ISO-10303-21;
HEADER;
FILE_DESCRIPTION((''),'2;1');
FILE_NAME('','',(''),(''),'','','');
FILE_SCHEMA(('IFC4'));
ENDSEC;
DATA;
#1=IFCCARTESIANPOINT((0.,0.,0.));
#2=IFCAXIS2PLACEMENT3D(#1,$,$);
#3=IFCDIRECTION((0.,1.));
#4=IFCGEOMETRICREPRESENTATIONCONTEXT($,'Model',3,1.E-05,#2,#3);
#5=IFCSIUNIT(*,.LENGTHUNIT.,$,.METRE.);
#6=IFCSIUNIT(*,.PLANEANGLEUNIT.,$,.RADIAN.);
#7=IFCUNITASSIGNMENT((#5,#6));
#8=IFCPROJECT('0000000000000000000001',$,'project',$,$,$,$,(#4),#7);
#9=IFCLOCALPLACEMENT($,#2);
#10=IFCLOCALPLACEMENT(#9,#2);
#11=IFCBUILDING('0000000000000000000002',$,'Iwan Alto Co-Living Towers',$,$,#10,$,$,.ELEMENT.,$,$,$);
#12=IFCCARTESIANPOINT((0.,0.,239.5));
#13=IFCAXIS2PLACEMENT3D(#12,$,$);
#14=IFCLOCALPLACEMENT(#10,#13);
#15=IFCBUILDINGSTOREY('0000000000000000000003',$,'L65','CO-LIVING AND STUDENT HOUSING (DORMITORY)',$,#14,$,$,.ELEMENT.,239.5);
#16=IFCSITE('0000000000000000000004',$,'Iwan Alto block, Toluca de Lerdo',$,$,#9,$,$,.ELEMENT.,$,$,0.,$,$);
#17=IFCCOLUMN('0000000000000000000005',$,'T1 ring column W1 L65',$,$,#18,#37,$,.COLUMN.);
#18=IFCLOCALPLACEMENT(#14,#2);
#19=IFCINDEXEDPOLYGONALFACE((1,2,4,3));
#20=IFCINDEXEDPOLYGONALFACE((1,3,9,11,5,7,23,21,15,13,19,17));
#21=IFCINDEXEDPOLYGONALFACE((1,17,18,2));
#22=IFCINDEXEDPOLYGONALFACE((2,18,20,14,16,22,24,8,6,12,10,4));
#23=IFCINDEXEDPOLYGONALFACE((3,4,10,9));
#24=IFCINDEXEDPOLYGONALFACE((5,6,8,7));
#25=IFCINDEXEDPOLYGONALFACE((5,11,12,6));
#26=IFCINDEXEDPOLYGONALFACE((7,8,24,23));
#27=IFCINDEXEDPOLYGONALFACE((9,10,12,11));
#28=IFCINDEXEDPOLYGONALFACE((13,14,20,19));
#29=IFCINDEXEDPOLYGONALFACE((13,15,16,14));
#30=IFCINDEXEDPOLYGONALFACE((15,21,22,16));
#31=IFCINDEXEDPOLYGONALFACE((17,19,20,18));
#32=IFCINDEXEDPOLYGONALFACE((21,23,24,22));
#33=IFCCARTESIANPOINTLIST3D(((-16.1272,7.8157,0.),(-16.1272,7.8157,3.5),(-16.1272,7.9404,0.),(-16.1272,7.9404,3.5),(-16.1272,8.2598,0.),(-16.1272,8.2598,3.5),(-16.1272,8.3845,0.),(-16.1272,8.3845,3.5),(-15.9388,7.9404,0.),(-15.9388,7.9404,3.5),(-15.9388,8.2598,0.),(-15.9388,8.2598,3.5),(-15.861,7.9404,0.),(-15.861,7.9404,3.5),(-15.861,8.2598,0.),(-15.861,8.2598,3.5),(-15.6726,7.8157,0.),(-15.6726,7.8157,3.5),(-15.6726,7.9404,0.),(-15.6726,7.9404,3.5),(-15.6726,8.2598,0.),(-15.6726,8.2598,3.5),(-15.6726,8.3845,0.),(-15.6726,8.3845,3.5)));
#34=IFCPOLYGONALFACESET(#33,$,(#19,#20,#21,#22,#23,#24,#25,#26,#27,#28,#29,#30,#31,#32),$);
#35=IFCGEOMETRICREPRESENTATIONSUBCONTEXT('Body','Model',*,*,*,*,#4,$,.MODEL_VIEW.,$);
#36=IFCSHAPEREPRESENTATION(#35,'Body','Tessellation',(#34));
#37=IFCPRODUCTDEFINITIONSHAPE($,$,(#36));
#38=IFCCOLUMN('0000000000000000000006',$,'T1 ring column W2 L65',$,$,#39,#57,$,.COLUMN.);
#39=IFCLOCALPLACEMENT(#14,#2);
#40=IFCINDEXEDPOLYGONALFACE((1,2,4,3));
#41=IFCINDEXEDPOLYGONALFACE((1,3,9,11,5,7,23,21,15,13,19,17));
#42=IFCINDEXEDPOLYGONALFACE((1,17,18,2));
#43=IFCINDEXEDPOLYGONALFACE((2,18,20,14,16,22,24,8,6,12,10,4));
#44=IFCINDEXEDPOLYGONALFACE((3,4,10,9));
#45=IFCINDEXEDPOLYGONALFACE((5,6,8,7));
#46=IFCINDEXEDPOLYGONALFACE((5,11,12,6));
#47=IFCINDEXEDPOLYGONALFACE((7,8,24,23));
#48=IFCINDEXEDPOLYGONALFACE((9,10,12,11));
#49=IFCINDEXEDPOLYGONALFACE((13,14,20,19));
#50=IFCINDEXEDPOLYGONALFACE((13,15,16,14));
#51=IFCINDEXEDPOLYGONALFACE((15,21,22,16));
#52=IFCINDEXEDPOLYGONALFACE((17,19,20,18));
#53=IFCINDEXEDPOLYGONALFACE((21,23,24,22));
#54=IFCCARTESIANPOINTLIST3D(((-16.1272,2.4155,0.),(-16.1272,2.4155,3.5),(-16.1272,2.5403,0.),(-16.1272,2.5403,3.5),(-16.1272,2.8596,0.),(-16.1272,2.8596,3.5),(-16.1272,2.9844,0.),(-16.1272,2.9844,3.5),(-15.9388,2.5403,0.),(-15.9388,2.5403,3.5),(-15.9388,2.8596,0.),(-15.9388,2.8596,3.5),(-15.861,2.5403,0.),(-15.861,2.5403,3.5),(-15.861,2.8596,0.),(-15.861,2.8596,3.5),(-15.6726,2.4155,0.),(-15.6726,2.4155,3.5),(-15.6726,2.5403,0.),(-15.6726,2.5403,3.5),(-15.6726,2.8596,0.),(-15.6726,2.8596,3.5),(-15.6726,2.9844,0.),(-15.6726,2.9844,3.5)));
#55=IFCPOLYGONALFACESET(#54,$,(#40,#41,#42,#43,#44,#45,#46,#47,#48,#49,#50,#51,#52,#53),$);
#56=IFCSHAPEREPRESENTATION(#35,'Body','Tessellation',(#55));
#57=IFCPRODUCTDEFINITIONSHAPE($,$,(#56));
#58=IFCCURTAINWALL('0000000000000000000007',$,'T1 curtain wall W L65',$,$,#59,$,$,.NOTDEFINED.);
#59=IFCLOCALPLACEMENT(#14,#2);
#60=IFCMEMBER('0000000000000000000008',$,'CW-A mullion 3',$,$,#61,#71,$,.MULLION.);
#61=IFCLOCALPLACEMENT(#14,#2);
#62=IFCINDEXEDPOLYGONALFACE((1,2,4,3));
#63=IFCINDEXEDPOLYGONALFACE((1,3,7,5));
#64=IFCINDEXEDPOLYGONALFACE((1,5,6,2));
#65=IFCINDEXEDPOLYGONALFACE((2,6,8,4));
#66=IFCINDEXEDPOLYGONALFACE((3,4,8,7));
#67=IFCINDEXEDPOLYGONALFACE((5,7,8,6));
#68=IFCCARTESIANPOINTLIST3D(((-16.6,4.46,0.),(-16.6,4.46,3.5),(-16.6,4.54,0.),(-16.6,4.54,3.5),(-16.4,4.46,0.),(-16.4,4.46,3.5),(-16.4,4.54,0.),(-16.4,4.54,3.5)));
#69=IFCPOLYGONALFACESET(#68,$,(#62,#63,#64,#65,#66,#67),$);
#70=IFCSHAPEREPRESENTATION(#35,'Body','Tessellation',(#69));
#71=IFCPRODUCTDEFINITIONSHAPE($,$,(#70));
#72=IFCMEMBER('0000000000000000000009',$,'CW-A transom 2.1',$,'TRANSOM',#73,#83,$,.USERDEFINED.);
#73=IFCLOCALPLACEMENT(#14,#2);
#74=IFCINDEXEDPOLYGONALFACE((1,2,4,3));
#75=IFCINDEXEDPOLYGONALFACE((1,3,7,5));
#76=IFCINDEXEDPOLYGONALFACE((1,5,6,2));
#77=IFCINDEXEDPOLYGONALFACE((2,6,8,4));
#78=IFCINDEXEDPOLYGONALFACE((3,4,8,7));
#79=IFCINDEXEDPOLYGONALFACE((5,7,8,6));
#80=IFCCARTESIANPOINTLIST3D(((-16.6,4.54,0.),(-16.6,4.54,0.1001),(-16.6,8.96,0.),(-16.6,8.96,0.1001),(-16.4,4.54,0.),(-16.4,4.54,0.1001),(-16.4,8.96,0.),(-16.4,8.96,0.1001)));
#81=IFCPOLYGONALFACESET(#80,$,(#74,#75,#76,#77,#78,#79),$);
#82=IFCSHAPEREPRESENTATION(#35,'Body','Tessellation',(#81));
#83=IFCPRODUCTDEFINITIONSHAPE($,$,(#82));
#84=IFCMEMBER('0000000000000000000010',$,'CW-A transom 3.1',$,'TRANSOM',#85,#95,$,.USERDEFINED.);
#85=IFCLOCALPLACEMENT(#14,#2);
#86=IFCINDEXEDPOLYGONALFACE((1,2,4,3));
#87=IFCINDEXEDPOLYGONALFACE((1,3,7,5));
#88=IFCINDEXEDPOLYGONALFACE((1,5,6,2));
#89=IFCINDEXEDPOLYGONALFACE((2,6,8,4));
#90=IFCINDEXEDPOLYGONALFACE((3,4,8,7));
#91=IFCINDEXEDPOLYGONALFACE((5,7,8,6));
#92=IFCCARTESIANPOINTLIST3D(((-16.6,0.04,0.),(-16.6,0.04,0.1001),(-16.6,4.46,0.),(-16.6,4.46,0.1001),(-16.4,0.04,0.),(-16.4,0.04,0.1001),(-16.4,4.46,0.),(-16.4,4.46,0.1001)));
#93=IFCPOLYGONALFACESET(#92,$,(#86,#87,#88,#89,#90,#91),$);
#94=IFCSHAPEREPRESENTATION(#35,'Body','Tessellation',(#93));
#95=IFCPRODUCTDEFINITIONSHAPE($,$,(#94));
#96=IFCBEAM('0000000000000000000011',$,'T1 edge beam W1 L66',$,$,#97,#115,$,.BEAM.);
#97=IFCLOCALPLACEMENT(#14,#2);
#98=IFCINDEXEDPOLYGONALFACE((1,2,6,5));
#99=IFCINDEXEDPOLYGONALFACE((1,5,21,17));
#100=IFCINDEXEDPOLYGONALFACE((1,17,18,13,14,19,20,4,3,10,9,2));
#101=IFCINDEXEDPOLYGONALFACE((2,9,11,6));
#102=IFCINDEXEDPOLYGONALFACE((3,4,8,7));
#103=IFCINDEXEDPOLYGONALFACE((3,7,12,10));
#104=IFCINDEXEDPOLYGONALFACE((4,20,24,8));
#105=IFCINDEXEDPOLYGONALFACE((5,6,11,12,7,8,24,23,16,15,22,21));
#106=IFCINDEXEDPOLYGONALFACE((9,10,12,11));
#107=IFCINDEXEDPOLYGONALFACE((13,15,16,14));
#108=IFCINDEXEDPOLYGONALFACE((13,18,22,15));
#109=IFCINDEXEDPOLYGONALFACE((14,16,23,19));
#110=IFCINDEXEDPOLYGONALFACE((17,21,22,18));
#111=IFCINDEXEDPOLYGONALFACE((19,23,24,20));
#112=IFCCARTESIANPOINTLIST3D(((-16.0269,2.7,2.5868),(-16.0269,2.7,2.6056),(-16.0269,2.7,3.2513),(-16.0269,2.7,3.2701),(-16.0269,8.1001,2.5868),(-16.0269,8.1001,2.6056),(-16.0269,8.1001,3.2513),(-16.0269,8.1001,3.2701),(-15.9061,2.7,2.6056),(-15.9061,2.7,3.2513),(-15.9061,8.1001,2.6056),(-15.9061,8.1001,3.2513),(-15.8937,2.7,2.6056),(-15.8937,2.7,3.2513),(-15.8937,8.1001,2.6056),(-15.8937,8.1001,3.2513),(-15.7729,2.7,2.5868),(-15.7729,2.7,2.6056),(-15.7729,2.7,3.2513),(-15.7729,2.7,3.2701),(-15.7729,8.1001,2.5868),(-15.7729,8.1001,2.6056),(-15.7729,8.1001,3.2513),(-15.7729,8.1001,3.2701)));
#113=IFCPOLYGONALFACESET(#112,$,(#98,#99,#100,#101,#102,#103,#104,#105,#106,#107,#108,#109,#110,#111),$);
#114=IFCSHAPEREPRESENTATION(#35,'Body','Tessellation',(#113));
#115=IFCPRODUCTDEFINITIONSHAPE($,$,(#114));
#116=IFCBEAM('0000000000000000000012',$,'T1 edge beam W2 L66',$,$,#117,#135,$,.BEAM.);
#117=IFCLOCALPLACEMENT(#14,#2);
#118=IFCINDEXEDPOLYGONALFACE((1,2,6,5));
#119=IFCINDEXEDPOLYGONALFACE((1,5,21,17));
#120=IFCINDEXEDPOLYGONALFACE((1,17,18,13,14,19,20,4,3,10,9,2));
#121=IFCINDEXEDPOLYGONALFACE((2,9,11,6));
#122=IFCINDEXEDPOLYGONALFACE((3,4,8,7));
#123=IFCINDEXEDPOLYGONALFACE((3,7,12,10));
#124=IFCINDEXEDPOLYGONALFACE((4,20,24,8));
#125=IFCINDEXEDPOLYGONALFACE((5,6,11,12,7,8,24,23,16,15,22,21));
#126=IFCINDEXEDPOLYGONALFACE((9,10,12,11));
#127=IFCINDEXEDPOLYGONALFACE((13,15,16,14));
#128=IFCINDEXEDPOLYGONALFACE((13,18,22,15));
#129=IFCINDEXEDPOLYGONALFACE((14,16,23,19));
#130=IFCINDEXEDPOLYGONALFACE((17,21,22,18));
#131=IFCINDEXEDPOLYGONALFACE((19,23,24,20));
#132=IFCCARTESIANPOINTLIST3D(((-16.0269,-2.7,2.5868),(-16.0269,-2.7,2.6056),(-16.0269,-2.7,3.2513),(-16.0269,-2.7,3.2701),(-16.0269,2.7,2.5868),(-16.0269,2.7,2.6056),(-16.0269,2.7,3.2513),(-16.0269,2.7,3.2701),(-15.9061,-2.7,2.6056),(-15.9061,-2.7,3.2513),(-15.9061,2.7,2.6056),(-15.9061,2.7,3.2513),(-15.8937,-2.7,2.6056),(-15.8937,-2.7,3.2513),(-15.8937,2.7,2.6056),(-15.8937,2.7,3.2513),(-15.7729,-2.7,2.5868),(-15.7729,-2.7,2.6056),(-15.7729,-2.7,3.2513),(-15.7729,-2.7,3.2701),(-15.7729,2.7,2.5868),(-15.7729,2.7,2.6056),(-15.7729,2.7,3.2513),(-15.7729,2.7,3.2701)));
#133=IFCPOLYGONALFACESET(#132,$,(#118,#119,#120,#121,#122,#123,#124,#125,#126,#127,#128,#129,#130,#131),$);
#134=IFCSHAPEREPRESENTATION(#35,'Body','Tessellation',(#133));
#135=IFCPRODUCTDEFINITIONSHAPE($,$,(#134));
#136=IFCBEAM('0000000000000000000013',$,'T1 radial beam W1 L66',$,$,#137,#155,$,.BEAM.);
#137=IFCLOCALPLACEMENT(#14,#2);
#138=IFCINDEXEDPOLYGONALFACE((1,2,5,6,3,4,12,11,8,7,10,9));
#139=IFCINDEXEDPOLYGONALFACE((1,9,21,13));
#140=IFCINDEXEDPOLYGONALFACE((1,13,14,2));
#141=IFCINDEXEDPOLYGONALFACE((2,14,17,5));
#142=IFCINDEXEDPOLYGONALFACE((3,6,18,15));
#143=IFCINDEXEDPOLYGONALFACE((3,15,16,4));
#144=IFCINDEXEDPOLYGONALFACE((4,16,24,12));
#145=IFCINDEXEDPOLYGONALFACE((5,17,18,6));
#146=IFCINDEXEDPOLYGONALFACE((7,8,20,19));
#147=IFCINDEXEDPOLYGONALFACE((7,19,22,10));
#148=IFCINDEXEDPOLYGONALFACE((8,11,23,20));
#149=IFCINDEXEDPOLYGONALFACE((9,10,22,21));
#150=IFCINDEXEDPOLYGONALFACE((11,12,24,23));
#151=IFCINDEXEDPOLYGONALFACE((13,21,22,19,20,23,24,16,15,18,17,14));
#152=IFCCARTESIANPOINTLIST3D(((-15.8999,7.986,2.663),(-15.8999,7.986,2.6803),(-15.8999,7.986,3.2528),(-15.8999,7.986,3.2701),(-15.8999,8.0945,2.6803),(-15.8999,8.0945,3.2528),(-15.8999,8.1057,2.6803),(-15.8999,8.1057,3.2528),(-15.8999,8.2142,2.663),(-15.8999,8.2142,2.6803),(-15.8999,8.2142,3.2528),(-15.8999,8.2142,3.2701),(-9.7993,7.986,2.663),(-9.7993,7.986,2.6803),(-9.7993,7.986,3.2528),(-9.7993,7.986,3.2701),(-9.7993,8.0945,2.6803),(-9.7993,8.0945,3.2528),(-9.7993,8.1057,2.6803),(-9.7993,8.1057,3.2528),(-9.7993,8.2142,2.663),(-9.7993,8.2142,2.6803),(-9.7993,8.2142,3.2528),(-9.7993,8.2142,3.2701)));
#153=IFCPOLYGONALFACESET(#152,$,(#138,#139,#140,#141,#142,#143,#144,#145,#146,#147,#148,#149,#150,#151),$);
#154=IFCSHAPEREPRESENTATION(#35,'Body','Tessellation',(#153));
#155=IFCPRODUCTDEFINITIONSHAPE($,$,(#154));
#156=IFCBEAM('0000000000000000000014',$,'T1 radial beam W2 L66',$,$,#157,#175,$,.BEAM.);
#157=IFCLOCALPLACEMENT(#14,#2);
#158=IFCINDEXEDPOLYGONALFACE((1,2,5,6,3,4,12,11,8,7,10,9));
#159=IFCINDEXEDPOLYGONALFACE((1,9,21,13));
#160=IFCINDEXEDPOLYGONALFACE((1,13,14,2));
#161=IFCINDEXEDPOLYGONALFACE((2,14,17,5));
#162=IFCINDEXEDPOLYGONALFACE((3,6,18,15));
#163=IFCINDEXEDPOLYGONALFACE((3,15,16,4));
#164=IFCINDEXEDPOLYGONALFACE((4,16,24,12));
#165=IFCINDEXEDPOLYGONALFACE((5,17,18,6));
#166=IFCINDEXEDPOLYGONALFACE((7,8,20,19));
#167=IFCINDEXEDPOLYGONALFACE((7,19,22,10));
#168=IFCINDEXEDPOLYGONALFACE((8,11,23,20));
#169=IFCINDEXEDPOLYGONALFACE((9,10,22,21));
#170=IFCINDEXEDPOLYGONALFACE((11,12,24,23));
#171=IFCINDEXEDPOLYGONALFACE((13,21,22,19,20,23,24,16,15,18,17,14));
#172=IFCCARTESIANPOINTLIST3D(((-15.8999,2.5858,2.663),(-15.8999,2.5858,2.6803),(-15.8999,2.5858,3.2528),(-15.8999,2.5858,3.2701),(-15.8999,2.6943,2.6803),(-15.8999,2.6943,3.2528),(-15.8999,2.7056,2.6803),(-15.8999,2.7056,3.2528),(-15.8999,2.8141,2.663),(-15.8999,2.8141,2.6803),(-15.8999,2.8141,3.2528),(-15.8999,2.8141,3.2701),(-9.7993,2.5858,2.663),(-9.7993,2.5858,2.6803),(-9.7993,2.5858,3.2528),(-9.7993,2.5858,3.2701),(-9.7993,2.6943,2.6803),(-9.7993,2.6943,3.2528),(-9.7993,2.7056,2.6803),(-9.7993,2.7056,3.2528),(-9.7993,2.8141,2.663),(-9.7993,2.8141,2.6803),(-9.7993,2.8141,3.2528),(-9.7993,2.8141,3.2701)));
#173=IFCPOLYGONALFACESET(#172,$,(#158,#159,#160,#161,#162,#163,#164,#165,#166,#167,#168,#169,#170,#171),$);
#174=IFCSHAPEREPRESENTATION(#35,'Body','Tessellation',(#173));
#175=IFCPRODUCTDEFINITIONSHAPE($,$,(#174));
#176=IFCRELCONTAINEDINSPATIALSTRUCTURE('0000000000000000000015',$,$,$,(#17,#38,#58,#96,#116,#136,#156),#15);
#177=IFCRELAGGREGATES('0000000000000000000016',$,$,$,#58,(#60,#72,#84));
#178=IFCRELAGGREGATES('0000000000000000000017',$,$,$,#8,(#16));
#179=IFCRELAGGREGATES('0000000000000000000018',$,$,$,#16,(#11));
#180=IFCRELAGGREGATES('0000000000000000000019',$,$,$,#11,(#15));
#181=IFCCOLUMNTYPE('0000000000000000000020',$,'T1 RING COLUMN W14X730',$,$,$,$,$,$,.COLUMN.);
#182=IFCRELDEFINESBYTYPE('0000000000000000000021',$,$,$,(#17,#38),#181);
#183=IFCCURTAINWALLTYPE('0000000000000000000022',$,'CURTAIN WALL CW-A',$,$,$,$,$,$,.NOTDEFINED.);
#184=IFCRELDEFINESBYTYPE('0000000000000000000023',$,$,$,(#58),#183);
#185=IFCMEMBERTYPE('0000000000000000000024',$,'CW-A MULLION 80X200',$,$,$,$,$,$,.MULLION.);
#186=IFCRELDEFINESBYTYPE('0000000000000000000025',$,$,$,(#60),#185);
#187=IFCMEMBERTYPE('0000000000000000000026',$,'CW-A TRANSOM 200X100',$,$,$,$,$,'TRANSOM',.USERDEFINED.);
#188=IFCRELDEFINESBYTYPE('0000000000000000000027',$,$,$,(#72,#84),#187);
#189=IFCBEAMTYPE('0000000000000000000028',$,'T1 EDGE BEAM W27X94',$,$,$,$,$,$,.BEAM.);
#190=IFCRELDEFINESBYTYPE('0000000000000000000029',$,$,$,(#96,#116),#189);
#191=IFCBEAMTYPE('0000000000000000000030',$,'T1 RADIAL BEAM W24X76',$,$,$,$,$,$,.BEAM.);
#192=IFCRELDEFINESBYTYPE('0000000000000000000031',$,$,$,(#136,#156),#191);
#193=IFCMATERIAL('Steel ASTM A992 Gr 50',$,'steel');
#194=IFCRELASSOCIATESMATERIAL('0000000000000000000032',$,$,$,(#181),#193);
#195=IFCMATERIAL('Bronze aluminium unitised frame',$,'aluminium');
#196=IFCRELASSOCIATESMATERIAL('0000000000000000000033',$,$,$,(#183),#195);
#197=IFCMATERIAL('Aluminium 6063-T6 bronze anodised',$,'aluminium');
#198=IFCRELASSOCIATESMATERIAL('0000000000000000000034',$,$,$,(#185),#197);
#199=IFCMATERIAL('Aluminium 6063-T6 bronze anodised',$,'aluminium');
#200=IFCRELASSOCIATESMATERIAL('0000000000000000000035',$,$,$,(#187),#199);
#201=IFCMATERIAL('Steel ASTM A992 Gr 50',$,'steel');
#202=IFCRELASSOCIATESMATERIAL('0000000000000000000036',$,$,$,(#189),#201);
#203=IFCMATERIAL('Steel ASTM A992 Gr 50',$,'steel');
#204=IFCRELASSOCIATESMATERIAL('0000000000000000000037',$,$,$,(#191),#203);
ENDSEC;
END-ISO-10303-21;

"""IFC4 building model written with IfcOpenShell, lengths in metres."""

from ifc_helpers import new_model, si_unit, direction, frame, origin, origin_2d, place, context, subcontext, project, spatial, rectangle, i_section, extrude, material, material_profile, profile_set, type_object, element, aggregate, save


model = new_model("IFC4")

# Units and contexts
model_context = context("Model", 3, precision=1e-05, world=origin(), true_north=direction((0.0, 1.0)))
body_context = subcontext(model_context, "Body", "Model", "MODEL_VIEW")
ifc_project = project(units=[si_unit("LENGTHUNIT", "METRE"), si_unit("PLANEANGLEUNIT", "RADIAN")], contexts=[model_context])

# Site, building, storey
site_placement = place(None, origin())
site = spatial("IfcSite", under=ifc_project, at=site_placement, Name="Iwan Alto block, Toluca de Lerdo", CompositionType="ELEMENT", RefElevation=0.0)
building_placement = place(site_placement, origin())
building = spatial("IfcBuilding", under=site, at=building_placement, Name="Iwan Alto Co-Living Towers", CompositionType="ELEMENT")
storey_placement = place(building_placement, frame((0.0, 0.0, 239.5)))
storey = spatial("IfcBuildingStorey", under=building, at=storey_placement, Name="L65", Description="CO-LIVING AND STUDENT HOUSING (DORMITORY)", CompositionType="ELEMENT", Elevation=239.5)

# Columns
ifc_material_1 = material(Name="Steel ASTM A992 Gr 50", Category="steel")
ifc_material_profile_1 = material_profile(ifc_material_1, i_section(OverallWidth=0.4546, OverallDepth=0.5688, WebThickness=0.0779, FlangeThickness=0.1248, at=origin_2d()), Name="W14X730")
ifc_profile_set_1 = profile_set([ifc_material_profile_1], Name="Steel ASTM A992 Gr 50")
column_type = type_object("IfcColumnType", Name="T1 RING COLUMN W14X730", PredefinedType="COLUMN", material=ifc_profile_set_1)
for number, where, z_axis, x_axis, name in (
    (1, (-15.8999, 8.1001, 0.0), (0.0, 0.0, 1.0), (1.0, 0.0, 0.0), "T1 ring column W1 L65"),
    (2, (-15.8999, 2.7, 0.0), (0.0, 0.0, 1.0), (1.0, 0.0, 0.0), "T1 ring column W2 L65"),
):
    element("IfcColumn", number, at=place(storey_placement, frame(where, z_axis=z_axis, x_axis=x_axis)), inside=storey, type_object=column_type, Name=name, PredefinedType="COLUMN", context=body_context, shape_type="SweptSolid", body=[
        extrude(i_section(OverallWidth=0.4546, OverallDepth=0.5688, WebThickness=0.0779, FlangeThickness=0.1248, at=origin_2d()), origin(), (0.0, 0.0, 1.0), 3.5),
    ])

# Curtain wall, members
ifc_material_2 = material(Name="Bronze aluminium unitised frame", Category="aluminium")
curtain_wall_type = type_object("IfcCurtainWallType", Name="CURTAIN WALL CW-A", PredefinedType="NOTDEFINED", material=ifc_material_2)
curtain_wall_placement = place(storey_placement, origin())
curtain_wall = element("IfcCurtainWall", 3, at=curtain_wall_placement, inside=storey, type_object=curtain_wall_type, Name="T1 curtain wall W L65", PredefinedType="NOTDEFINED")
ifc_material_3 = material(Name="Aluminium 6063-T6 bronze anodised", Category="aluminium")
ifc_material_profile_2 = material_profile(ifc_material_3, rectangle(XDim=0.2, YDim=0.0801, at=origin_2d()), Name="AL 80X200")
ifc_profile_set_2 = profile_set([ifc_material_profile_2], Name="Aluminium 6063-T6 bronze anodised")
member_type_1 = type_object("IfcMemberType", Name="CW-A MULLION 80X200", PredefinedType="MULLION", material=ifc_profile_set_2)
member_1_placement = place(storey_placement, frame((-16.5, 4.5, 0.0), z_axis=(0.0, 0.0, 1.0), x_axis=(1.0, 0.0, 0.0)))
member_1 = element("IfcMember", 4, at=member_1_placement, type_object=member_type_1, Name="CW-A mullion 3", PredefinedType="MULLION", context=body_context, shape_type="SweptSolid", body=[
    extrude(rectangle(XDim=0.2, YDim=0.0801, at=origin_2d()), origin(), (0.0, 0.0, 1.0), 3.5),
])
ifc_material_4 = material(Name="Aluminium 6063-T6 bronze anodised", Category="aluminium")
ifc_material_profile_3 = material_profile(ifc_material_4, rectangle(XDim=0.2, YDim=0.1001, at=origin_2d()), Name="AL 200X100")
ifc_profile_set_3 = profile_set([ifc_material_profile_3], Name="Aluminium 6063-T6 bronze anodised")
member_type_2 = type_object("IfcMemberType", Name="CW-A TRANSOM 200X100", ElementType="TRANSOM", PredefinedType="USERDEFINED", material=ifc_profile_set_3)
member_2_placement = place(storey_placement, frame((-16.5, 8.96, 0.05), z_axis=(0.0, -1.0, 0.0), x_axis=(1.0, 0.0, 0.0)))
member_2 = element("IfcMember", 5, at=member_2_placement, type_object=member_type_2, Name="CW-A transom 2.1", ObjectType="TRANSOM", PredefinedType="USERDEFINED", context=body_context, shape_type="SweptSolid", body=[
    extrude(rectangle(XDim=0.2, YDim=0.1001, at=origin_2d()), origin(), (0.0, 0.0, 1.0), 4.4199),
])
member_3_placement = place(storey_placement, frame((-16.5, 4.46, 0.05), z_axis=(0.0, -1.0, 0.0), x_axis=(1.0, 0.0, 0.0)))
member_3 = element("IfcMember", 6, at=member_3_placement, type_object=member_type_2, Name="CW-A transom 3.1", ObjectType="TRANSOM", PredefinedType="USERDEFINED", context=body_context, shape_type="SweptSolid", body=[
    extrude(rectangle(XDim=0.2, YDim=0.1001, at=origin_2d()), origin(), (0.0, 0.0, 1.0), 4.4199),
])

# Beams
ifc_material_5 = material(Name="Steel ASTM A992 Gr 50", Category="steel")
ifc_material_profile_4 = material_profile(ifc_material_5, i_section(OverallWidth=0.2539, OverallDepth=0.6833, WebThickness=0.0125, FlangeThickness=0.0188, at=origin_2d()), Name="W27X94")
ifc_profile_set_4 = profile_set([ifc_material_profile_4], Name="Steel ASTM A992 Gr 50")
beam_type_1 = type_object("IfcBeamType", Name="T1 EDGE BEAM W27X94", PredefinedType="BEAM", material=ifc_profile_set_4)
beam_1_placement = place(storey_placement, frame((-15.8999, 8.1001, 2.9285), z_axis=(0.0, -1.0, 0.0), x_axis=(1.0, 0.0, 0.0)))
element("IfcBeam", 7, at=beam_1_placement, inside=storey, type_object=beam_type_1, Name="T1 edge beam W1 L66", PredefinedType="BEAM", context=body_context, shape_type="SweptSolid", body=[
    extrude(i_section(OverallWidth=0.2539, OverallDepth=0.6833, WebThickness=0.0125, FlangeThickness=0.0188, at=origin_2d()), origin(), (0.0, 0.0, 1.0), 5.4001),
])
beam_2_placement = place(storey_placement, frame((-15.8999, 2.7, 2.9285), z_axis=(0.0, -1.0, 0.0), x_axis=(1.0, 0.0, 0.0)))
element("IfcBeam", 8, at=beam_2_placement, inside=storey, type_object=beam_type_1, Name="T1 edge beam W2 L66", PredefinedType="BEAM", context=body_context, shape_type="SweptSolid", body=[
    extrude(i_section(OverallWidth=0.2539, OverallDepth=0.6833, WebThickness=0.0125, FlangeThickness=0.0188, at=origin_2d()), origin(), (0.0, 0.0, 1.0), 5.3999),
])
ifc_material_6 = material(Name="Steel ASTM A992 Gr 50", Category="steel")
ifc_material_profile_5 = material_profile(ifc_material_6, i_section(OverallWidth=0.2283, OverallDepth=0.6072, WebThickness=0.0112, FlangeThickness=0.0173, at=origin_2d()), Name="W24X76")
ifc_profile_set_5 = profile_set([ifc_material_profile_5], Name="Steel ASTM A992 Gr 50")
beam_type_2 = type_object("IfcBeamType", Name="T1 RADIAL BEAM W24X76", PredefinedType="BEAM", material=ifc_profile_set_5)
for number, where, z_axis, x_axis, name in (
    (9, (-15.8999, 8.1001, 2.9666), (1.0, 0.0, 0.0), (0.0, 1.0, 0.0), "T1 radial beam W1 L66"),
    (10, (-15.8999, 2.7, 2.9666), (1.0, 0.0, 0.0), (0.0, 1.0, 0.0), "T1 radial beam W2 L66"),
):
    element("IfcBeam", number, at=place(storey_placement, frame(where, z_axis=z_axis, x_axis=x_axis)), inside=storey, type_object=beam_type_2, Name=name, PredefinedType="BEAM", context=body_context, shape_type="SweptSolid", body=[
        extrude(i_section(OverallWidth=0.2283, OverallDepth=0.6072, WebThickness=0.0112, FlangeThickness=0.0173, at=origin_2d()), origin(), (0.0, 0.0, 1.0), 6.1006),
    ])

aggregate(curtain_wall, [member_1, member_2, member_3])

save(model, "model.ifc")
